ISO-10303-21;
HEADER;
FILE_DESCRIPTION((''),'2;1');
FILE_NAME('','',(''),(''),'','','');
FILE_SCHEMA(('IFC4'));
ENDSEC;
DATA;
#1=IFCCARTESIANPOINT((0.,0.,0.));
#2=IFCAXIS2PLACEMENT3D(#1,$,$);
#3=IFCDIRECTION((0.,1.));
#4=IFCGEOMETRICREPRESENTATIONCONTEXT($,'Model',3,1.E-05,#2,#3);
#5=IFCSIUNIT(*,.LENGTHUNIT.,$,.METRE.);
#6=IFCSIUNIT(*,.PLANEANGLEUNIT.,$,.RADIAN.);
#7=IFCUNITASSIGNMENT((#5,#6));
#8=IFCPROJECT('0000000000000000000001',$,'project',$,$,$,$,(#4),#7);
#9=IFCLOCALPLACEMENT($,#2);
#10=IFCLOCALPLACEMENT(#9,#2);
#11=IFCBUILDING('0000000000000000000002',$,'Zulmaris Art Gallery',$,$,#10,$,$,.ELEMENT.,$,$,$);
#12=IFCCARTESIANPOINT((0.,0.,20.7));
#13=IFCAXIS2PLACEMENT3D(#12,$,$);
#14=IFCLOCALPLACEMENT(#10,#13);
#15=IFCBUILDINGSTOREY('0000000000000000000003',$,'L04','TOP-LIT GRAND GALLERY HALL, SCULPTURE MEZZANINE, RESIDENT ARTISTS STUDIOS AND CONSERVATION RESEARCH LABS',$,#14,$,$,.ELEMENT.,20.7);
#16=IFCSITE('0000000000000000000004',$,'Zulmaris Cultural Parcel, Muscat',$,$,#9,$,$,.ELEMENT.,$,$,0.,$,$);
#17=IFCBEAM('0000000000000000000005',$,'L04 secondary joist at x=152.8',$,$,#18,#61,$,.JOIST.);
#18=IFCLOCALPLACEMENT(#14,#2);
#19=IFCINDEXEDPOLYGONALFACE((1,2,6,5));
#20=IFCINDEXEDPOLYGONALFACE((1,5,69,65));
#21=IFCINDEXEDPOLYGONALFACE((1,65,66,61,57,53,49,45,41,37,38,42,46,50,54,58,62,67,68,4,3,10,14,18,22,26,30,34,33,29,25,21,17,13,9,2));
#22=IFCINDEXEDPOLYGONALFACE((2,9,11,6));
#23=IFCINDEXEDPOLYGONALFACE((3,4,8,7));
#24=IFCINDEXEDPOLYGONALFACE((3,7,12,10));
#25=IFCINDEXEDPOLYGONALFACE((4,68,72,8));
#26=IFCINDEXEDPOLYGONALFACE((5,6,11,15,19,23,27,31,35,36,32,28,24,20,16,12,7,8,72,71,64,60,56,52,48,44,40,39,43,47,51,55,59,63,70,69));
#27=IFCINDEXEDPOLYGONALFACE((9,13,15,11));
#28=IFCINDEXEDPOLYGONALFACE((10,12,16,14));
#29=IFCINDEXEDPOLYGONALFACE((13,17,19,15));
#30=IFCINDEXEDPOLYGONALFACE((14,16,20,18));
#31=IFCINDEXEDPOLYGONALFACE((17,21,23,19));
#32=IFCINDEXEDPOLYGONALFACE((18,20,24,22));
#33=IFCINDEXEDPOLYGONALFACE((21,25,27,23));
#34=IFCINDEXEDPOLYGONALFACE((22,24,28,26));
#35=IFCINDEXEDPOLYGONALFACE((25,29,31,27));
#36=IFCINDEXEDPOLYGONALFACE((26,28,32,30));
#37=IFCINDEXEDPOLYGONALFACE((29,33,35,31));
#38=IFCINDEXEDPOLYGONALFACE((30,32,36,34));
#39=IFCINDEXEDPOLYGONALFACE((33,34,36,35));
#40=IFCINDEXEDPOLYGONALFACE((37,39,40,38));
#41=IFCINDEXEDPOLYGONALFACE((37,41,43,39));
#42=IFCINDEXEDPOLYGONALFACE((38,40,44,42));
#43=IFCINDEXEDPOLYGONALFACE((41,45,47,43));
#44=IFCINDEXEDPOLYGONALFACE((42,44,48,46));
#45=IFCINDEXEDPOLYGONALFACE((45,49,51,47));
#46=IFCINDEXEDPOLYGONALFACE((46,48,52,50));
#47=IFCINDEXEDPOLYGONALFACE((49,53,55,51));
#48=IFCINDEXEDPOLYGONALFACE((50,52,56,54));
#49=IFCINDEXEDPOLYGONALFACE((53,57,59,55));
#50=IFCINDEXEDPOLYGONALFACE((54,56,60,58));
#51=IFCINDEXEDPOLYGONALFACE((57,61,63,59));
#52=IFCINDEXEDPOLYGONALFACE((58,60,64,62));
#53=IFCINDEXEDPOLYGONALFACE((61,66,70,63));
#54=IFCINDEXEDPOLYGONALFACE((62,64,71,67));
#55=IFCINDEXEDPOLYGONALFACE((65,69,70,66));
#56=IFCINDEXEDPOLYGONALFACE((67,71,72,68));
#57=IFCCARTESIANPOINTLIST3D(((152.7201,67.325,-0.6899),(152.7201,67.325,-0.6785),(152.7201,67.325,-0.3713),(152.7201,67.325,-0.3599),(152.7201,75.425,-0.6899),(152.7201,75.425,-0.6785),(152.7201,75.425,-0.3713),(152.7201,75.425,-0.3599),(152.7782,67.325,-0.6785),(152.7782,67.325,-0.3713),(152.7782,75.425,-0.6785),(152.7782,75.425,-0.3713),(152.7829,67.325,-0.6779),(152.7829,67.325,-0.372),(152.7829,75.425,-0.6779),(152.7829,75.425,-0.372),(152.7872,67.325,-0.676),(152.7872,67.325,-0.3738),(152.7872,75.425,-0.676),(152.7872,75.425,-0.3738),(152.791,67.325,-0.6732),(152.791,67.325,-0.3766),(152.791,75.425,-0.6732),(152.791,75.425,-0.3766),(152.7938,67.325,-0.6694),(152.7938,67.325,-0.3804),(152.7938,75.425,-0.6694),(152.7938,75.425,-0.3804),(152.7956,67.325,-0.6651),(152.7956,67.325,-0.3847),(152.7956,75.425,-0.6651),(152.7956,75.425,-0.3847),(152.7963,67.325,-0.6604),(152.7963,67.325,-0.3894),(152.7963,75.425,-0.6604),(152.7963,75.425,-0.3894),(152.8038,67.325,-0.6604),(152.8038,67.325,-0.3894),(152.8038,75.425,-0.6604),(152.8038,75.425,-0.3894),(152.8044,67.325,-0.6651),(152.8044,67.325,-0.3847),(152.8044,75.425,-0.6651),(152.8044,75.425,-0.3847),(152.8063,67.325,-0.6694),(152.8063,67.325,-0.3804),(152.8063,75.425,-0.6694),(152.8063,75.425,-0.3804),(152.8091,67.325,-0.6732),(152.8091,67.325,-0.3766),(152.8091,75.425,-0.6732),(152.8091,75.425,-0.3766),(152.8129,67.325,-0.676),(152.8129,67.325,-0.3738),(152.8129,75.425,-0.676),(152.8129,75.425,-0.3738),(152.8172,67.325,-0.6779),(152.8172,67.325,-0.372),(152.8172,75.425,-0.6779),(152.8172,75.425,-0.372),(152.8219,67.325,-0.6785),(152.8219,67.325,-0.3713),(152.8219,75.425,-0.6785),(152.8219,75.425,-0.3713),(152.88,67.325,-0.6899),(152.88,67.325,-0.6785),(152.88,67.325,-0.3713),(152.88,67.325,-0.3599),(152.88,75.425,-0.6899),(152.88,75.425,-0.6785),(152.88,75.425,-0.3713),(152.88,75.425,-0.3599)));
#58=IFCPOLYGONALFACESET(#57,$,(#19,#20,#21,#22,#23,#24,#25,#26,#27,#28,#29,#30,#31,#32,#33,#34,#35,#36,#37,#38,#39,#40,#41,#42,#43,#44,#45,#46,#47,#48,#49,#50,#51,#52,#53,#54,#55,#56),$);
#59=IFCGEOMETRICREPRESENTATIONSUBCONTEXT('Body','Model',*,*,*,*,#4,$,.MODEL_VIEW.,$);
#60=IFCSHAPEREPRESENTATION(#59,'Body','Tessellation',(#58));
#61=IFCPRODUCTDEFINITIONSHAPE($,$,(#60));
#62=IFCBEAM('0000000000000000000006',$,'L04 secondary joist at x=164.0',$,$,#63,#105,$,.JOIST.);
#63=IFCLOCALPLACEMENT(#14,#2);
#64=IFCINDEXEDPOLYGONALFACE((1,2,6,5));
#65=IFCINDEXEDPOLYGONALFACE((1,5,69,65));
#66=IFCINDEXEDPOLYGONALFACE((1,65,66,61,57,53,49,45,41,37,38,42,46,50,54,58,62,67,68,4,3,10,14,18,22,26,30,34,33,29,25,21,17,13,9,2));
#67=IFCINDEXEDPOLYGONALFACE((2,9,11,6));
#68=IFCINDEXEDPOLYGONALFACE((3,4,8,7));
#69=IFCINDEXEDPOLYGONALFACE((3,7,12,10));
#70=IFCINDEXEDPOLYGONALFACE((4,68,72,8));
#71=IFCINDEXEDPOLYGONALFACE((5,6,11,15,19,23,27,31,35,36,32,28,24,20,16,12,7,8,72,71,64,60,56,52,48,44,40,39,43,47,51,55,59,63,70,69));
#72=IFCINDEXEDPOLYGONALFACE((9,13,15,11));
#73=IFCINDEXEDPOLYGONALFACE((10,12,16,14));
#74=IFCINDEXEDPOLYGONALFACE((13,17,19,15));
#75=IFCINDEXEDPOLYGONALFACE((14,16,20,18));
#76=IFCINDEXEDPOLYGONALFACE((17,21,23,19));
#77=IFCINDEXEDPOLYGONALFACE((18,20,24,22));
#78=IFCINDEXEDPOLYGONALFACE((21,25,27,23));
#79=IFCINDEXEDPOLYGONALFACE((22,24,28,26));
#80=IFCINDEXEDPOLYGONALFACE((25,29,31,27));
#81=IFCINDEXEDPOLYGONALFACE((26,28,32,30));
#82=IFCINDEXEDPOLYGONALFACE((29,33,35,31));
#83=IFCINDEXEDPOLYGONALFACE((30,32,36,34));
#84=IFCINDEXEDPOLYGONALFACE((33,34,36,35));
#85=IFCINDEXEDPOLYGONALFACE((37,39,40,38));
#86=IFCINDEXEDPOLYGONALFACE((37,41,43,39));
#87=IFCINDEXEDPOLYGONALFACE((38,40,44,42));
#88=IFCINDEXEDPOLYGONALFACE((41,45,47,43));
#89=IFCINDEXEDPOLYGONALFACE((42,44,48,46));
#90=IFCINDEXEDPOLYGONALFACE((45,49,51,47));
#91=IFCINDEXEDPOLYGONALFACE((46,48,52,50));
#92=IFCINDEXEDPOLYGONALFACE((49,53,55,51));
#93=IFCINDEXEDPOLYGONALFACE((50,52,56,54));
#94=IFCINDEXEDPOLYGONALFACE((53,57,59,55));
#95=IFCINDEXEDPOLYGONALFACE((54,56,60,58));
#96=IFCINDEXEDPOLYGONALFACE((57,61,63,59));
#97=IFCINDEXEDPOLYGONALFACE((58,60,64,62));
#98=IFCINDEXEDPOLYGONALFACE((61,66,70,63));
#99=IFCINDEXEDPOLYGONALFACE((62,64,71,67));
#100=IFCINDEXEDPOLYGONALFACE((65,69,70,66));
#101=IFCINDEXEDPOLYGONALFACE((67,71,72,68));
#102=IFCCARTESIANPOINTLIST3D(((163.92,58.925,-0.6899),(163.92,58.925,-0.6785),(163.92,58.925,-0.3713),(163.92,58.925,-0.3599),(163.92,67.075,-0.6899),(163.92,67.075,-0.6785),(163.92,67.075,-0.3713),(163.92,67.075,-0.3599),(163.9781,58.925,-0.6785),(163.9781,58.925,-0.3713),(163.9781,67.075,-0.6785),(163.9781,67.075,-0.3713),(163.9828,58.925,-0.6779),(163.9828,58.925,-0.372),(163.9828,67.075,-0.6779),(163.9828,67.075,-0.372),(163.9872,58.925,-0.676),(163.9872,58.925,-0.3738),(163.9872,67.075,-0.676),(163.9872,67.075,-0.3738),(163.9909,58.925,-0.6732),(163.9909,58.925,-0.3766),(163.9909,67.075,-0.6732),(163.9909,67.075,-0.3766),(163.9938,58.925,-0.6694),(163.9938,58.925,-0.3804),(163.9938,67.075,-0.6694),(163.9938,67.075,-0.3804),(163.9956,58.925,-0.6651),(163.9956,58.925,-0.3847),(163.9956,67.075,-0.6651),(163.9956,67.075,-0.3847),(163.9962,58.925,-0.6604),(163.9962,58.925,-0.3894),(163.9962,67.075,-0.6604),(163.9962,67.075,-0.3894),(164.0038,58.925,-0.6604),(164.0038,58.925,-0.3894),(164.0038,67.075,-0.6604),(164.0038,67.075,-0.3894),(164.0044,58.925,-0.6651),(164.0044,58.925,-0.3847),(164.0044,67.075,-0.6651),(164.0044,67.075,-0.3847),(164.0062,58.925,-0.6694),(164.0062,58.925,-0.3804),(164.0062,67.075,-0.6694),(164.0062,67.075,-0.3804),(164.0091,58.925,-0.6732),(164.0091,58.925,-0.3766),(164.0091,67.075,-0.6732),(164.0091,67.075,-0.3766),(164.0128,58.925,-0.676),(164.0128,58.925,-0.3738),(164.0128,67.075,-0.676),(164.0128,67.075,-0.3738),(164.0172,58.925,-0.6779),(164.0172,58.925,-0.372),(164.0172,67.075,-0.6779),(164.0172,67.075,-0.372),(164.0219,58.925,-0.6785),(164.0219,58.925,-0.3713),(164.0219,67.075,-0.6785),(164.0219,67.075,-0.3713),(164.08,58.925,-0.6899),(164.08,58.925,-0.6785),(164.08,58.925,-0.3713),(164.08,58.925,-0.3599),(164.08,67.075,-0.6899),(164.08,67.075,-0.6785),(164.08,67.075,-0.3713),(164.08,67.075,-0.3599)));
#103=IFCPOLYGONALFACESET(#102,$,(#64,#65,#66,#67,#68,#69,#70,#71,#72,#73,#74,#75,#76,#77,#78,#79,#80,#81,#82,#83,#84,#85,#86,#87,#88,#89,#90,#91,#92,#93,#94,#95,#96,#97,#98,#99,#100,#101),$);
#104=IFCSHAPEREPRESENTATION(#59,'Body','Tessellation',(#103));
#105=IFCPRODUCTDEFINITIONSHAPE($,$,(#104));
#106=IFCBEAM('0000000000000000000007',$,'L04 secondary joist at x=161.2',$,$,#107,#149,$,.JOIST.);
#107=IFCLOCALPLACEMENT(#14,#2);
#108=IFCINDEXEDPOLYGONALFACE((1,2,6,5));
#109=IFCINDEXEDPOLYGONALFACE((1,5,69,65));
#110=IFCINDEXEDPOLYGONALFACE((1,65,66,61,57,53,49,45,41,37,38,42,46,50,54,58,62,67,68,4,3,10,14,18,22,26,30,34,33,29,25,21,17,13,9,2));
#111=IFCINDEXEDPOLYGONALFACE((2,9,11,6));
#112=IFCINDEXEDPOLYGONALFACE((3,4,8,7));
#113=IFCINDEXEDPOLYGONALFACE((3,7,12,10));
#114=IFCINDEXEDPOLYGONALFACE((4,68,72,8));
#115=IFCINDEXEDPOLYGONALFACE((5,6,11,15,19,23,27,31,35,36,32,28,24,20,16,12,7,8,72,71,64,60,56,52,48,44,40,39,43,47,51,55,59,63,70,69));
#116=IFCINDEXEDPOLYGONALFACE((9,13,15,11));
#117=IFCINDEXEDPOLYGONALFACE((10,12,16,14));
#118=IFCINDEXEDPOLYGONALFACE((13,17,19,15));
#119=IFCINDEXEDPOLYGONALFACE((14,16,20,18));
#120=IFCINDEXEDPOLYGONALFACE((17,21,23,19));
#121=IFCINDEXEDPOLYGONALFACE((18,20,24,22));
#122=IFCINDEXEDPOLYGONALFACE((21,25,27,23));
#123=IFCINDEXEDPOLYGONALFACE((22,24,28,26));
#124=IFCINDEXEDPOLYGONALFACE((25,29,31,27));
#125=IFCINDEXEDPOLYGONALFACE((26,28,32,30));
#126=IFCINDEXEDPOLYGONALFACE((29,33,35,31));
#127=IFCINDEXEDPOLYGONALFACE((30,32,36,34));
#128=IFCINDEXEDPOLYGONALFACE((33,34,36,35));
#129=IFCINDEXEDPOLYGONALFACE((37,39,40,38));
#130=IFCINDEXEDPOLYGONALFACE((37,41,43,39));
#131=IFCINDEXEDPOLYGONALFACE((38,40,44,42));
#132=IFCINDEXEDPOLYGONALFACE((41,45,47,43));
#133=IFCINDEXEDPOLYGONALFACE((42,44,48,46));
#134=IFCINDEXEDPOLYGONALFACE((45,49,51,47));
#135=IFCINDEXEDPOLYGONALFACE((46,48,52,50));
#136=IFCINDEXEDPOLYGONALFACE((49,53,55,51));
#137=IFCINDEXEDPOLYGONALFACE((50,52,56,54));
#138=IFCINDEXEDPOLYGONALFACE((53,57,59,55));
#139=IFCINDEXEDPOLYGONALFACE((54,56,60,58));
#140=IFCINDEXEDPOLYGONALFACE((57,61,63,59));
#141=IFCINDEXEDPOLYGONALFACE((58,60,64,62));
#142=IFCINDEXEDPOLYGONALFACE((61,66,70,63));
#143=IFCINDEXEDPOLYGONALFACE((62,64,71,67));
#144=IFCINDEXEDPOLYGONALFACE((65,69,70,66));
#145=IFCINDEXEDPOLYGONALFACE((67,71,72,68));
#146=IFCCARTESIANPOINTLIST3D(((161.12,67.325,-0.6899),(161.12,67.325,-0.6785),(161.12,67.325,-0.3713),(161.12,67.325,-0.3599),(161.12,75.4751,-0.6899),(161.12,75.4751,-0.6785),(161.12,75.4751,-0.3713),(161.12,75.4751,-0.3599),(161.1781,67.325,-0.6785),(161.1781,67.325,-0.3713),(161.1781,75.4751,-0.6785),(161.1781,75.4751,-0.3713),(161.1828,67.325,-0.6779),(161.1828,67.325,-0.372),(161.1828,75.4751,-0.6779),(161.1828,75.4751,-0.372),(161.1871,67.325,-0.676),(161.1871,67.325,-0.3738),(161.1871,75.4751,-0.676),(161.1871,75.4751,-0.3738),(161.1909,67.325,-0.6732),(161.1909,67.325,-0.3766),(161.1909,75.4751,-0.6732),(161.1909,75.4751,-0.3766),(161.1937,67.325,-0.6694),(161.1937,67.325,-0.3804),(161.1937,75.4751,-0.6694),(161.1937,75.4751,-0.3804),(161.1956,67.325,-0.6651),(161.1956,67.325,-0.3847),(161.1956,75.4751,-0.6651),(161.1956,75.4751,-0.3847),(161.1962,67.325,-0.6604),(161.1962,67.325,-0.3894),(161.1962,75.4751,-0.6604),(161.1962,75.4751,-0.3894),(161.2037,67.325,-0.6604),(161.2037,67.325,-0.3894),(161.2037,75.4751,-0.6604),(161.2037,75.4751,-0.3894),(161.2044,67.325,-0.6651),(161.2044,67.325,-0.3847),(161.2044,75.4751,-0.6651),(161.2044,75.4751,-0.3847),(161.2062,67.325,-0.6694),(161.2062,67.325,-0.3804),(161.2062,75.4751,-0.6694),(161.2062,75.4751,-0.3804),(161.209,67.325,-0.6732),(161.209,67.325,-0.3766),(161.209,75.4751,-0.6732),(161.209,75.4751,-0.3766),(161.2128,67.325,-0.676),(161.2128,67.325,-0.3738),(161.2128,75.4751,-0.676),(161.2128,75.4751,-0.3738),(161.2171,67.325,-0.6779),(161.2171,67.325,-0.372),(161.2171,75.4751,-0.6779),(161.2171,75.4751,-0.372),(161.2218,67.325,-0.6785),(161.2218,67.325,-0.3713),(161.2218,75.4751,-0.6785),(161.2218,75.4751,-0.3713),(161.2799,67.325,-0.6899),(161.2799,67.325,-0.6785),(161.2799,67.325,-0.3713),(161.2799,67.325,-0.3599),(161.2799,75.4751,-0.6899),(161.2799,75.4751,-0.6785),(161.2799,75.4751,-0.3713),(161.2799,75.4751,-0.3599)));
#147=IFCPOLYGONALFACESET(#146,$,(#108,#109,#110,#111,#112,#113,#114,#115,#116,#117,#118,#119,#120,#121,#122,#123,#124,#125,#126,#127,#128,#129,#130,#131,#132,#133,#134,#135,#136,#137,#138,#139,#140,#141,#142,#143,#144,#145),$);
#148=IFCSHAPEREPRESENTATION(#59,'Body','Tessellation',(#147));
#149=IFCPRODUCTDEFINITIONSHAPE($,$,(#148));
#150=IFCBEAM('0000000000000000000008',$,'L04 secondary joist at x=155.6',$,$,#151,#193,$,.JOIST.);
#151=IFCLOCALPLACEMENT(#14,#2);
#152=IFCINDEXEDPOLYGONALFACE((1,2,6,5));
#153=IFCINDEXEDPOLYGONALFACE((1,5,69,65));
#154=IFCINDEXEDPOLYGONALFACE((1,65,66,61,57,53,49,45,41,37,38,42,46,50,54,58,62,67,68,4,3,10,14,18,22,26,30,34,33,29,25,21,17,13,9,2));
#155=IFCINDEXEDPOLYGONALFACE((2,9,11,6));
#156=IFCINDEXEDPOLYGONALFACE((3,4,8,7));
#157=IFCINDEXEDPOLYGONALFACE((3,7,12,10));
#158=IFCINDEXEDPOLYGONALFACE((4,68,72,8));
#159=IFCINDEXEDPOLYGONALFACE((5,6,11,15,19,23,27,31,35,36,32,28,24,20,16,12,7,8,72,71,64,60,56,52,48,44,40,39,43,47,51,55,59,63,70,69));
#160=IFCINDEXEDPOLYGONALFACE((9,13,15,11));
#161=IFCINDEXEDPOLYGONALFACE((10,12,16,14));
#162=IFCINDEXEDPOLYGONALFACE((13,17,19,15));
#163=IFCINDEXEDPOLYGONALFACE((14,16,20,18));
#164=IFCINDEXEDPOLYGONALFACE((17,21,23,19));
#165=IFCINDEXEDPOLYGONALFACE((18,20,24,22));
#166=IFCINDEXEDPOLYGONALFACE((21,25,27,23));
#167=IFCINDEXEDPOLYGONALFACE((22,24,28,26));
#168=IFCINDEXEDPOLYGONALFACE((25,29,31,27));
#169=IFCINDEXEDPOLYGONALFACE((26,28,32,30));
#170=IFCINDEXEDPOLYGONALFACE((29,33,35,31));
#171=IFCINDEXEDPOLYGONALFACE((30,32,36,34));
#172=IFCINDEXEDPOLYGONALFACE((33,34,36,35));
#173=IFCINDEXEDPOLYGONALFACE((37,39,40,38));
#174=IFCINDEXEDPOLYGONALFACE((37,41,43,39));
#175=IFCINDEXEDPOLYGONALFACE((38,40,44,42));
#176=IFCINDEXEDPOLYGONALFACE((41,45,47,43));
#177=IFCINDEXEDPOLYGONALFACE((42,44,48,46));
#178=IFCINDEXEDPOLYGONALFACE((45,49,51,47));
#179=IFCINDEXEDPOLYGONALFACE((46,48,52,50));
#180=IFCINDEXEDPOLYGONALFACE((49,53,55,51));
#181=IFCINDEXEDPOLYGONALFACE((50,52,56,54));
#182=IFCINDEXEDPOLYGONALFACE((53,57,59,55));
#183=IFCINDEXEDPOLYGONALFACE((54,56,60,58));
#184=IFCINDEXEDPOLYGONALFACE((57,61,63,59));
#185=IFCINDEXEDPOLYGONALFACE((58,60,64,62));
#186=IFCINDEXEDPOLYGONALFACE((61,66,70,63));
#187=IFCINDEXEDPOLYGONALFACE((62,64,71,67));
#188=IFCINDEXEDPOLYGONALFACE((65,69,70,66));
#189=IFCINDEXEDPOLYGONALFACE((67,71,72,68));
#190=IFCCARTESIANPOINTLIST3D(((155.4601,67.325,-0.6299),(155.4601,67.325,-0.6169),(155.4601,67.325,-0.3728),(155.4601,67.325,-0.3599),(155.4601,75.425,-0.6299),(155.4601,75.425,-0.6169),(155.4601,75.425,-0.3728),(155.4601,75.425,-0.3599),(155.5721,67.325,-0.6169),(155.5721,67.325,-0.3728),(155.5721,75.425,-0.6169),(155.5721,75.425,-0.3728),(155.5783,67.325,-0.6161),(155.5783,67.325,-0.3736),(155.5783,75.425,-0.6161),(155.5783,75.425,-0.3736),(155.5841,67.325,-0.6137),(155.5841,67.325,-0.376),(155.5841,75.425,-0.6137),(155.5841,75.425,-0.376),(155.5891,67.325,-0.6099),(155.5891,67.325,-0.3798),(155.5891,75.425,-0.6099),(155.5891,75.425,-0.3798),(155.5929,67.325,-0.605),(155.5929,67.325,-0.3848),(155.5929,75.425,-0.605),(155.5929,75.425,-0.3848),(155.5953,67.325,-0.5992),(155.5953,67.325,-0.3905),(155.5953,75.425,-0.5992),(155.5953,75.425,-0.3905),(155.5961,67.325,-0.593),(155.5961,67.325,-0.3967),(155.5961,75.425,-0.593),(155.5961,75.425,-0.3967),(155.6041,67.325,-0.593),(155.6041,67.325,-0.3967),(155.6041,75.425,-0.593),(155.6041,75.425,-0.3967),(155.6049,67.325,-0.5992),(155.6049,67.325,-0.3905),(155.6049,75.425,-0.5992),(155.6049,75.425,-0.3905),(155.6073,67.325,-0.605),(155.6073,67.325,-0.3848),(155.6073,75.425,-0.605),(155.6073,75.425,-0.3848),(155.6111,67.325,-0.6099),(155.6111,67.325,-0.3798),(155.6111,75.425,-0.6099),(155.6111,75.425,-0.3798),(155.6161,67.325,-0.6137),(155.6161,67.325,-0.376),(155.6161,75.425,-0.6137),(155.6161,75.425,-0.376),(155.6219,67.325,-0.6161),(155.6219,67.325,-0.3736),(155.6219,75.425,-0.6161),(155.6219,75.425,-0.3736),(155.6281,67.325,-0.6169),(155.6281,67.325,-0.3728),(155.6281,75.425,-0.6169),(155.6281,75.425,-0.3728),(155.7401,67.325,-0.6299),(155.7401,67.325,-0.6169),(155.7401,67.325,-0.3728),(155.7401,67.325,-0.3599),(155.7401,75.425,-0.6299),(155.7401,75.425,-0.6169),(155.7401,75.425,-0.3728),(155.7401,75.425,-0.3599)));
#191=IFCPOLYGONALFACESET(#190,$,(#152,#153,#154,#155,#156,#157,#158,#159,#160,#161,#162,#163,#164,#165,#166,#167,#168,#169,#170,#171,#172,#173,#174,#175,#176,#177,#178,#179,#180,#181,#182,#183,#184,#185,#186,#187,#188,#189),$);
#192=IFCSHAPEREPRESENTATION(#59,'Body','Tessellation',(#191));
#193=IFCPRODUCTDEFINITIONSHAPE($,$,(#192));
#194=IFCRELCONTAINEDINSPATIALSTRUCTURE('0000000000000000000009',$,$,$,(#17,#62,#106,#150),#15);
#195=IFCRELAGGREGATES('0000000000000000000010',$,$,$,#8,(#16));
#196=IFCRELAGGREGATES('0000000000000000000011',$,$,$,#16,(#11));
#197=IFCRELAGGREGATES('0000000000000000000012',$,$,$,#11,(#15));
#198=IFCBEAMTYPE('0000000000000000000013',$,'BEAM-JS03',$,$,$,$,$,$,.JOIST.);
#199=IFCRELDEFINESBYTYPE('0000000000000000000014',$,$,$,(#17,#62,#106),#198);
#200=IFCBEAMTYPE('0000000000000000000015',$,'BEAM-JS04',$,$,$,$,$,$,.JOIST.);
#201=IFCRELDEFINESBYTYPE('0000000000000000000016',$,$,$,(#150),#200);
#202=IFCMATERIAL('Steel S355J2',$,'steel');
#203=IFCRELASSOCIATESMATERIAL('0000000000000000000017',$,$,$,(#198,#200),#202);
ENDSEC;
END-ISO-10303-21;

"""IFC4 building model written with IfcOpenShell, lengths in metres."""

from ifc_helpers import new_model, si_unit, direction, frame, origin, origin_2d, place, context, subcontext, project, spatial, i_section, extrude, material, material_profile, profile_set, type_object, element, save


model = new_model("IFC4")

# Units and contexts
model_context = context("Model", 3, precision=1e-05, world=origin(), true_north=direction((0.0, 1.0)))
body_context = subcontext(model_context, "Body", "Model", "MODEL_VIEW")
ifc_project = project(units=[si_unit("LENGTHUNIT", "METRE"), si_unit("PLANEANGLEUNIT", "RADIAN")], contexts=[model_context])

# Site, building, storey
site_placement = place(None, origin())
site = spatial("IfcSite", under=ifc_project, at=site_placement, Name="Zulmaris Cultural Parcel, Muscat", CompositionType="ELEMENT", RefElevation=0.0)
building_placement = place(site_placement, origin())
building = spatial("IfcBuilding", under=site, at=building_placement, Name="Zulmaris Art Gallery", CompositionType="ELEMENT")
storey_placement = place(building_placement, frame((0.0, 0.0, 20.7)))
storey = spatial("IfcBuildingStorey", under=building, at=storey_placement, Name="L04", Description="TOP-LIT GRAND GALLERY HALL, SCULPTURE MEZZANINE, RESIDENT ARTISTS STUDIOS AND CONSERVATION RESEARCH LABS", CompositionType="ELEMENT", Elevation=20.7)

# Beams
ifc_material_1 = material(Name="Steel S355J2", Category="steel")
ifc_material_profile_1 = material_profile(ifc_material_1, i_section(OverallWidth=0.1599, OverallDepth=0.3301, WebThickness=0.0076, FlangeThickness=0.0115, FilletRadius=0.0181, at=origin_2d()), Name="IPE 330")
ifc_profile_set_1 = profile_set([ifc_material_profile_1], Name="Steel S355J2")
beam_type_1 = type_object("IfcBeamType", Name="BEAM-JS03", PredefinedType="JOIST", material=ifc_profile_set_1)
beam_1_placement = place(storey_placement, frame((152.8, 67.325, -0.5249), z_axis=(0.0, 1.0, 0.0), x_axis=(-1.0, 0.0, 0.0)))
element("IfcBeam", 1, at=beam_1_placement, inside=storey, type_object=beam_type_1, Name="L04 secondary joist at x=152.8", PredefinedType="JOIST", context=body_context, shape_type="SweptSolid", body=[
    extrude(i_section(OverallWidth=0.1599, OverallDepth=0.3301, WebThickness=0.0076, FlangeThickness=0.0115, FilletRadius=0.0181, at=origin_2d()), origin(), (0.0, 0.0, 1.0), 8.1001),
])
beam_2_placement = place(storey_placement, frame((164.0, 58.925, -0.5249), z_axis=(0.0, 1.0, 0.0), x_axis=(-1.0, 0.0, 0.0)))
element("IfcBeam", 2, at=beam_2_placement, inside=storey, type_object=beam_type_1, Name="L04 secondary joist at x=164.0", PredefinedType="JOIST", context=body_context, shape_type="SweptSolid", body=[
    extrude(i_section(OverallWidth=0.1599, OverallDepth=0.3301, WebThickness=0.0076, FlangeThickness=0.0115, FilletRadius=0.0181, at=origin_2d()), origin(), (0.0, 0.0, 1.0), 8.1499),
])
beam_3_placement = place(storey_placement, frame((161.2, 67.325, -0.5249), z_axis=(0.0, 1.0, 0.0), x_axis=(-1.0, 0.0, 0.0)))
element("IfcBeam", 3, at=beam_3_placement, inside=storey, type_object=beam_type_1, Name="L04 secondary joist at x=161.2", PredefinedType="JOIST", context=body_context, shape_type="SweptSolid", body=[
    extrude(i_section(OverallWidth=0.1599, OverallDepth=0.3301, WebThickness=0.0076, FlangeThickness=0.0115, FilletRadius=0.0181, at=origin_2d()), origin(), (0.0, 0.0, 1.0), 8.1501),
])
ifc_material_profile_2 = material_profile(ifc_material_1, i_section(OverallWidth=0.28, OverallDepth=0.27, WebThickness=0.0081, FlangeThickness=0.0129, FilletRadius=0.0239, at=origin_2d()), Name="HEA 280")
ifc_profile_set_2 = profile_set([ifc_material_profile_2], Name="Steel S355J2")
beam_type_2 = type_object("IfcBeamType", Name="BEAM-JS04", PredefinedType="JOIST", material=ifc_profile_set_2)
beam_4_placement = place(storey_placement, frame((155.6001, 67.325, -0.4949), z_axis=(0.0, 1.0, 0.0), x_axis=(-1.0, 0.0, 0.0)))
element("IfcBeam", 4, at=beam_4_placement, inside=storey, type_object=beam_type_2, Name="L04 secondary joist at x=155.6", PredefinedType="JOIST", context=body_context, shape_type="SweptSolid", body=[
    extrude(i_section(OverallWidth=0.28, OverallDepth=0.27, WebThickness=0.0081, FlangeThickness=0.0129, FilletRadius=0.0239, at=origin_2d()), origin(), (0.0, 0.0, 1.0), 8.1001),
])

save(model, "model.ifc")
